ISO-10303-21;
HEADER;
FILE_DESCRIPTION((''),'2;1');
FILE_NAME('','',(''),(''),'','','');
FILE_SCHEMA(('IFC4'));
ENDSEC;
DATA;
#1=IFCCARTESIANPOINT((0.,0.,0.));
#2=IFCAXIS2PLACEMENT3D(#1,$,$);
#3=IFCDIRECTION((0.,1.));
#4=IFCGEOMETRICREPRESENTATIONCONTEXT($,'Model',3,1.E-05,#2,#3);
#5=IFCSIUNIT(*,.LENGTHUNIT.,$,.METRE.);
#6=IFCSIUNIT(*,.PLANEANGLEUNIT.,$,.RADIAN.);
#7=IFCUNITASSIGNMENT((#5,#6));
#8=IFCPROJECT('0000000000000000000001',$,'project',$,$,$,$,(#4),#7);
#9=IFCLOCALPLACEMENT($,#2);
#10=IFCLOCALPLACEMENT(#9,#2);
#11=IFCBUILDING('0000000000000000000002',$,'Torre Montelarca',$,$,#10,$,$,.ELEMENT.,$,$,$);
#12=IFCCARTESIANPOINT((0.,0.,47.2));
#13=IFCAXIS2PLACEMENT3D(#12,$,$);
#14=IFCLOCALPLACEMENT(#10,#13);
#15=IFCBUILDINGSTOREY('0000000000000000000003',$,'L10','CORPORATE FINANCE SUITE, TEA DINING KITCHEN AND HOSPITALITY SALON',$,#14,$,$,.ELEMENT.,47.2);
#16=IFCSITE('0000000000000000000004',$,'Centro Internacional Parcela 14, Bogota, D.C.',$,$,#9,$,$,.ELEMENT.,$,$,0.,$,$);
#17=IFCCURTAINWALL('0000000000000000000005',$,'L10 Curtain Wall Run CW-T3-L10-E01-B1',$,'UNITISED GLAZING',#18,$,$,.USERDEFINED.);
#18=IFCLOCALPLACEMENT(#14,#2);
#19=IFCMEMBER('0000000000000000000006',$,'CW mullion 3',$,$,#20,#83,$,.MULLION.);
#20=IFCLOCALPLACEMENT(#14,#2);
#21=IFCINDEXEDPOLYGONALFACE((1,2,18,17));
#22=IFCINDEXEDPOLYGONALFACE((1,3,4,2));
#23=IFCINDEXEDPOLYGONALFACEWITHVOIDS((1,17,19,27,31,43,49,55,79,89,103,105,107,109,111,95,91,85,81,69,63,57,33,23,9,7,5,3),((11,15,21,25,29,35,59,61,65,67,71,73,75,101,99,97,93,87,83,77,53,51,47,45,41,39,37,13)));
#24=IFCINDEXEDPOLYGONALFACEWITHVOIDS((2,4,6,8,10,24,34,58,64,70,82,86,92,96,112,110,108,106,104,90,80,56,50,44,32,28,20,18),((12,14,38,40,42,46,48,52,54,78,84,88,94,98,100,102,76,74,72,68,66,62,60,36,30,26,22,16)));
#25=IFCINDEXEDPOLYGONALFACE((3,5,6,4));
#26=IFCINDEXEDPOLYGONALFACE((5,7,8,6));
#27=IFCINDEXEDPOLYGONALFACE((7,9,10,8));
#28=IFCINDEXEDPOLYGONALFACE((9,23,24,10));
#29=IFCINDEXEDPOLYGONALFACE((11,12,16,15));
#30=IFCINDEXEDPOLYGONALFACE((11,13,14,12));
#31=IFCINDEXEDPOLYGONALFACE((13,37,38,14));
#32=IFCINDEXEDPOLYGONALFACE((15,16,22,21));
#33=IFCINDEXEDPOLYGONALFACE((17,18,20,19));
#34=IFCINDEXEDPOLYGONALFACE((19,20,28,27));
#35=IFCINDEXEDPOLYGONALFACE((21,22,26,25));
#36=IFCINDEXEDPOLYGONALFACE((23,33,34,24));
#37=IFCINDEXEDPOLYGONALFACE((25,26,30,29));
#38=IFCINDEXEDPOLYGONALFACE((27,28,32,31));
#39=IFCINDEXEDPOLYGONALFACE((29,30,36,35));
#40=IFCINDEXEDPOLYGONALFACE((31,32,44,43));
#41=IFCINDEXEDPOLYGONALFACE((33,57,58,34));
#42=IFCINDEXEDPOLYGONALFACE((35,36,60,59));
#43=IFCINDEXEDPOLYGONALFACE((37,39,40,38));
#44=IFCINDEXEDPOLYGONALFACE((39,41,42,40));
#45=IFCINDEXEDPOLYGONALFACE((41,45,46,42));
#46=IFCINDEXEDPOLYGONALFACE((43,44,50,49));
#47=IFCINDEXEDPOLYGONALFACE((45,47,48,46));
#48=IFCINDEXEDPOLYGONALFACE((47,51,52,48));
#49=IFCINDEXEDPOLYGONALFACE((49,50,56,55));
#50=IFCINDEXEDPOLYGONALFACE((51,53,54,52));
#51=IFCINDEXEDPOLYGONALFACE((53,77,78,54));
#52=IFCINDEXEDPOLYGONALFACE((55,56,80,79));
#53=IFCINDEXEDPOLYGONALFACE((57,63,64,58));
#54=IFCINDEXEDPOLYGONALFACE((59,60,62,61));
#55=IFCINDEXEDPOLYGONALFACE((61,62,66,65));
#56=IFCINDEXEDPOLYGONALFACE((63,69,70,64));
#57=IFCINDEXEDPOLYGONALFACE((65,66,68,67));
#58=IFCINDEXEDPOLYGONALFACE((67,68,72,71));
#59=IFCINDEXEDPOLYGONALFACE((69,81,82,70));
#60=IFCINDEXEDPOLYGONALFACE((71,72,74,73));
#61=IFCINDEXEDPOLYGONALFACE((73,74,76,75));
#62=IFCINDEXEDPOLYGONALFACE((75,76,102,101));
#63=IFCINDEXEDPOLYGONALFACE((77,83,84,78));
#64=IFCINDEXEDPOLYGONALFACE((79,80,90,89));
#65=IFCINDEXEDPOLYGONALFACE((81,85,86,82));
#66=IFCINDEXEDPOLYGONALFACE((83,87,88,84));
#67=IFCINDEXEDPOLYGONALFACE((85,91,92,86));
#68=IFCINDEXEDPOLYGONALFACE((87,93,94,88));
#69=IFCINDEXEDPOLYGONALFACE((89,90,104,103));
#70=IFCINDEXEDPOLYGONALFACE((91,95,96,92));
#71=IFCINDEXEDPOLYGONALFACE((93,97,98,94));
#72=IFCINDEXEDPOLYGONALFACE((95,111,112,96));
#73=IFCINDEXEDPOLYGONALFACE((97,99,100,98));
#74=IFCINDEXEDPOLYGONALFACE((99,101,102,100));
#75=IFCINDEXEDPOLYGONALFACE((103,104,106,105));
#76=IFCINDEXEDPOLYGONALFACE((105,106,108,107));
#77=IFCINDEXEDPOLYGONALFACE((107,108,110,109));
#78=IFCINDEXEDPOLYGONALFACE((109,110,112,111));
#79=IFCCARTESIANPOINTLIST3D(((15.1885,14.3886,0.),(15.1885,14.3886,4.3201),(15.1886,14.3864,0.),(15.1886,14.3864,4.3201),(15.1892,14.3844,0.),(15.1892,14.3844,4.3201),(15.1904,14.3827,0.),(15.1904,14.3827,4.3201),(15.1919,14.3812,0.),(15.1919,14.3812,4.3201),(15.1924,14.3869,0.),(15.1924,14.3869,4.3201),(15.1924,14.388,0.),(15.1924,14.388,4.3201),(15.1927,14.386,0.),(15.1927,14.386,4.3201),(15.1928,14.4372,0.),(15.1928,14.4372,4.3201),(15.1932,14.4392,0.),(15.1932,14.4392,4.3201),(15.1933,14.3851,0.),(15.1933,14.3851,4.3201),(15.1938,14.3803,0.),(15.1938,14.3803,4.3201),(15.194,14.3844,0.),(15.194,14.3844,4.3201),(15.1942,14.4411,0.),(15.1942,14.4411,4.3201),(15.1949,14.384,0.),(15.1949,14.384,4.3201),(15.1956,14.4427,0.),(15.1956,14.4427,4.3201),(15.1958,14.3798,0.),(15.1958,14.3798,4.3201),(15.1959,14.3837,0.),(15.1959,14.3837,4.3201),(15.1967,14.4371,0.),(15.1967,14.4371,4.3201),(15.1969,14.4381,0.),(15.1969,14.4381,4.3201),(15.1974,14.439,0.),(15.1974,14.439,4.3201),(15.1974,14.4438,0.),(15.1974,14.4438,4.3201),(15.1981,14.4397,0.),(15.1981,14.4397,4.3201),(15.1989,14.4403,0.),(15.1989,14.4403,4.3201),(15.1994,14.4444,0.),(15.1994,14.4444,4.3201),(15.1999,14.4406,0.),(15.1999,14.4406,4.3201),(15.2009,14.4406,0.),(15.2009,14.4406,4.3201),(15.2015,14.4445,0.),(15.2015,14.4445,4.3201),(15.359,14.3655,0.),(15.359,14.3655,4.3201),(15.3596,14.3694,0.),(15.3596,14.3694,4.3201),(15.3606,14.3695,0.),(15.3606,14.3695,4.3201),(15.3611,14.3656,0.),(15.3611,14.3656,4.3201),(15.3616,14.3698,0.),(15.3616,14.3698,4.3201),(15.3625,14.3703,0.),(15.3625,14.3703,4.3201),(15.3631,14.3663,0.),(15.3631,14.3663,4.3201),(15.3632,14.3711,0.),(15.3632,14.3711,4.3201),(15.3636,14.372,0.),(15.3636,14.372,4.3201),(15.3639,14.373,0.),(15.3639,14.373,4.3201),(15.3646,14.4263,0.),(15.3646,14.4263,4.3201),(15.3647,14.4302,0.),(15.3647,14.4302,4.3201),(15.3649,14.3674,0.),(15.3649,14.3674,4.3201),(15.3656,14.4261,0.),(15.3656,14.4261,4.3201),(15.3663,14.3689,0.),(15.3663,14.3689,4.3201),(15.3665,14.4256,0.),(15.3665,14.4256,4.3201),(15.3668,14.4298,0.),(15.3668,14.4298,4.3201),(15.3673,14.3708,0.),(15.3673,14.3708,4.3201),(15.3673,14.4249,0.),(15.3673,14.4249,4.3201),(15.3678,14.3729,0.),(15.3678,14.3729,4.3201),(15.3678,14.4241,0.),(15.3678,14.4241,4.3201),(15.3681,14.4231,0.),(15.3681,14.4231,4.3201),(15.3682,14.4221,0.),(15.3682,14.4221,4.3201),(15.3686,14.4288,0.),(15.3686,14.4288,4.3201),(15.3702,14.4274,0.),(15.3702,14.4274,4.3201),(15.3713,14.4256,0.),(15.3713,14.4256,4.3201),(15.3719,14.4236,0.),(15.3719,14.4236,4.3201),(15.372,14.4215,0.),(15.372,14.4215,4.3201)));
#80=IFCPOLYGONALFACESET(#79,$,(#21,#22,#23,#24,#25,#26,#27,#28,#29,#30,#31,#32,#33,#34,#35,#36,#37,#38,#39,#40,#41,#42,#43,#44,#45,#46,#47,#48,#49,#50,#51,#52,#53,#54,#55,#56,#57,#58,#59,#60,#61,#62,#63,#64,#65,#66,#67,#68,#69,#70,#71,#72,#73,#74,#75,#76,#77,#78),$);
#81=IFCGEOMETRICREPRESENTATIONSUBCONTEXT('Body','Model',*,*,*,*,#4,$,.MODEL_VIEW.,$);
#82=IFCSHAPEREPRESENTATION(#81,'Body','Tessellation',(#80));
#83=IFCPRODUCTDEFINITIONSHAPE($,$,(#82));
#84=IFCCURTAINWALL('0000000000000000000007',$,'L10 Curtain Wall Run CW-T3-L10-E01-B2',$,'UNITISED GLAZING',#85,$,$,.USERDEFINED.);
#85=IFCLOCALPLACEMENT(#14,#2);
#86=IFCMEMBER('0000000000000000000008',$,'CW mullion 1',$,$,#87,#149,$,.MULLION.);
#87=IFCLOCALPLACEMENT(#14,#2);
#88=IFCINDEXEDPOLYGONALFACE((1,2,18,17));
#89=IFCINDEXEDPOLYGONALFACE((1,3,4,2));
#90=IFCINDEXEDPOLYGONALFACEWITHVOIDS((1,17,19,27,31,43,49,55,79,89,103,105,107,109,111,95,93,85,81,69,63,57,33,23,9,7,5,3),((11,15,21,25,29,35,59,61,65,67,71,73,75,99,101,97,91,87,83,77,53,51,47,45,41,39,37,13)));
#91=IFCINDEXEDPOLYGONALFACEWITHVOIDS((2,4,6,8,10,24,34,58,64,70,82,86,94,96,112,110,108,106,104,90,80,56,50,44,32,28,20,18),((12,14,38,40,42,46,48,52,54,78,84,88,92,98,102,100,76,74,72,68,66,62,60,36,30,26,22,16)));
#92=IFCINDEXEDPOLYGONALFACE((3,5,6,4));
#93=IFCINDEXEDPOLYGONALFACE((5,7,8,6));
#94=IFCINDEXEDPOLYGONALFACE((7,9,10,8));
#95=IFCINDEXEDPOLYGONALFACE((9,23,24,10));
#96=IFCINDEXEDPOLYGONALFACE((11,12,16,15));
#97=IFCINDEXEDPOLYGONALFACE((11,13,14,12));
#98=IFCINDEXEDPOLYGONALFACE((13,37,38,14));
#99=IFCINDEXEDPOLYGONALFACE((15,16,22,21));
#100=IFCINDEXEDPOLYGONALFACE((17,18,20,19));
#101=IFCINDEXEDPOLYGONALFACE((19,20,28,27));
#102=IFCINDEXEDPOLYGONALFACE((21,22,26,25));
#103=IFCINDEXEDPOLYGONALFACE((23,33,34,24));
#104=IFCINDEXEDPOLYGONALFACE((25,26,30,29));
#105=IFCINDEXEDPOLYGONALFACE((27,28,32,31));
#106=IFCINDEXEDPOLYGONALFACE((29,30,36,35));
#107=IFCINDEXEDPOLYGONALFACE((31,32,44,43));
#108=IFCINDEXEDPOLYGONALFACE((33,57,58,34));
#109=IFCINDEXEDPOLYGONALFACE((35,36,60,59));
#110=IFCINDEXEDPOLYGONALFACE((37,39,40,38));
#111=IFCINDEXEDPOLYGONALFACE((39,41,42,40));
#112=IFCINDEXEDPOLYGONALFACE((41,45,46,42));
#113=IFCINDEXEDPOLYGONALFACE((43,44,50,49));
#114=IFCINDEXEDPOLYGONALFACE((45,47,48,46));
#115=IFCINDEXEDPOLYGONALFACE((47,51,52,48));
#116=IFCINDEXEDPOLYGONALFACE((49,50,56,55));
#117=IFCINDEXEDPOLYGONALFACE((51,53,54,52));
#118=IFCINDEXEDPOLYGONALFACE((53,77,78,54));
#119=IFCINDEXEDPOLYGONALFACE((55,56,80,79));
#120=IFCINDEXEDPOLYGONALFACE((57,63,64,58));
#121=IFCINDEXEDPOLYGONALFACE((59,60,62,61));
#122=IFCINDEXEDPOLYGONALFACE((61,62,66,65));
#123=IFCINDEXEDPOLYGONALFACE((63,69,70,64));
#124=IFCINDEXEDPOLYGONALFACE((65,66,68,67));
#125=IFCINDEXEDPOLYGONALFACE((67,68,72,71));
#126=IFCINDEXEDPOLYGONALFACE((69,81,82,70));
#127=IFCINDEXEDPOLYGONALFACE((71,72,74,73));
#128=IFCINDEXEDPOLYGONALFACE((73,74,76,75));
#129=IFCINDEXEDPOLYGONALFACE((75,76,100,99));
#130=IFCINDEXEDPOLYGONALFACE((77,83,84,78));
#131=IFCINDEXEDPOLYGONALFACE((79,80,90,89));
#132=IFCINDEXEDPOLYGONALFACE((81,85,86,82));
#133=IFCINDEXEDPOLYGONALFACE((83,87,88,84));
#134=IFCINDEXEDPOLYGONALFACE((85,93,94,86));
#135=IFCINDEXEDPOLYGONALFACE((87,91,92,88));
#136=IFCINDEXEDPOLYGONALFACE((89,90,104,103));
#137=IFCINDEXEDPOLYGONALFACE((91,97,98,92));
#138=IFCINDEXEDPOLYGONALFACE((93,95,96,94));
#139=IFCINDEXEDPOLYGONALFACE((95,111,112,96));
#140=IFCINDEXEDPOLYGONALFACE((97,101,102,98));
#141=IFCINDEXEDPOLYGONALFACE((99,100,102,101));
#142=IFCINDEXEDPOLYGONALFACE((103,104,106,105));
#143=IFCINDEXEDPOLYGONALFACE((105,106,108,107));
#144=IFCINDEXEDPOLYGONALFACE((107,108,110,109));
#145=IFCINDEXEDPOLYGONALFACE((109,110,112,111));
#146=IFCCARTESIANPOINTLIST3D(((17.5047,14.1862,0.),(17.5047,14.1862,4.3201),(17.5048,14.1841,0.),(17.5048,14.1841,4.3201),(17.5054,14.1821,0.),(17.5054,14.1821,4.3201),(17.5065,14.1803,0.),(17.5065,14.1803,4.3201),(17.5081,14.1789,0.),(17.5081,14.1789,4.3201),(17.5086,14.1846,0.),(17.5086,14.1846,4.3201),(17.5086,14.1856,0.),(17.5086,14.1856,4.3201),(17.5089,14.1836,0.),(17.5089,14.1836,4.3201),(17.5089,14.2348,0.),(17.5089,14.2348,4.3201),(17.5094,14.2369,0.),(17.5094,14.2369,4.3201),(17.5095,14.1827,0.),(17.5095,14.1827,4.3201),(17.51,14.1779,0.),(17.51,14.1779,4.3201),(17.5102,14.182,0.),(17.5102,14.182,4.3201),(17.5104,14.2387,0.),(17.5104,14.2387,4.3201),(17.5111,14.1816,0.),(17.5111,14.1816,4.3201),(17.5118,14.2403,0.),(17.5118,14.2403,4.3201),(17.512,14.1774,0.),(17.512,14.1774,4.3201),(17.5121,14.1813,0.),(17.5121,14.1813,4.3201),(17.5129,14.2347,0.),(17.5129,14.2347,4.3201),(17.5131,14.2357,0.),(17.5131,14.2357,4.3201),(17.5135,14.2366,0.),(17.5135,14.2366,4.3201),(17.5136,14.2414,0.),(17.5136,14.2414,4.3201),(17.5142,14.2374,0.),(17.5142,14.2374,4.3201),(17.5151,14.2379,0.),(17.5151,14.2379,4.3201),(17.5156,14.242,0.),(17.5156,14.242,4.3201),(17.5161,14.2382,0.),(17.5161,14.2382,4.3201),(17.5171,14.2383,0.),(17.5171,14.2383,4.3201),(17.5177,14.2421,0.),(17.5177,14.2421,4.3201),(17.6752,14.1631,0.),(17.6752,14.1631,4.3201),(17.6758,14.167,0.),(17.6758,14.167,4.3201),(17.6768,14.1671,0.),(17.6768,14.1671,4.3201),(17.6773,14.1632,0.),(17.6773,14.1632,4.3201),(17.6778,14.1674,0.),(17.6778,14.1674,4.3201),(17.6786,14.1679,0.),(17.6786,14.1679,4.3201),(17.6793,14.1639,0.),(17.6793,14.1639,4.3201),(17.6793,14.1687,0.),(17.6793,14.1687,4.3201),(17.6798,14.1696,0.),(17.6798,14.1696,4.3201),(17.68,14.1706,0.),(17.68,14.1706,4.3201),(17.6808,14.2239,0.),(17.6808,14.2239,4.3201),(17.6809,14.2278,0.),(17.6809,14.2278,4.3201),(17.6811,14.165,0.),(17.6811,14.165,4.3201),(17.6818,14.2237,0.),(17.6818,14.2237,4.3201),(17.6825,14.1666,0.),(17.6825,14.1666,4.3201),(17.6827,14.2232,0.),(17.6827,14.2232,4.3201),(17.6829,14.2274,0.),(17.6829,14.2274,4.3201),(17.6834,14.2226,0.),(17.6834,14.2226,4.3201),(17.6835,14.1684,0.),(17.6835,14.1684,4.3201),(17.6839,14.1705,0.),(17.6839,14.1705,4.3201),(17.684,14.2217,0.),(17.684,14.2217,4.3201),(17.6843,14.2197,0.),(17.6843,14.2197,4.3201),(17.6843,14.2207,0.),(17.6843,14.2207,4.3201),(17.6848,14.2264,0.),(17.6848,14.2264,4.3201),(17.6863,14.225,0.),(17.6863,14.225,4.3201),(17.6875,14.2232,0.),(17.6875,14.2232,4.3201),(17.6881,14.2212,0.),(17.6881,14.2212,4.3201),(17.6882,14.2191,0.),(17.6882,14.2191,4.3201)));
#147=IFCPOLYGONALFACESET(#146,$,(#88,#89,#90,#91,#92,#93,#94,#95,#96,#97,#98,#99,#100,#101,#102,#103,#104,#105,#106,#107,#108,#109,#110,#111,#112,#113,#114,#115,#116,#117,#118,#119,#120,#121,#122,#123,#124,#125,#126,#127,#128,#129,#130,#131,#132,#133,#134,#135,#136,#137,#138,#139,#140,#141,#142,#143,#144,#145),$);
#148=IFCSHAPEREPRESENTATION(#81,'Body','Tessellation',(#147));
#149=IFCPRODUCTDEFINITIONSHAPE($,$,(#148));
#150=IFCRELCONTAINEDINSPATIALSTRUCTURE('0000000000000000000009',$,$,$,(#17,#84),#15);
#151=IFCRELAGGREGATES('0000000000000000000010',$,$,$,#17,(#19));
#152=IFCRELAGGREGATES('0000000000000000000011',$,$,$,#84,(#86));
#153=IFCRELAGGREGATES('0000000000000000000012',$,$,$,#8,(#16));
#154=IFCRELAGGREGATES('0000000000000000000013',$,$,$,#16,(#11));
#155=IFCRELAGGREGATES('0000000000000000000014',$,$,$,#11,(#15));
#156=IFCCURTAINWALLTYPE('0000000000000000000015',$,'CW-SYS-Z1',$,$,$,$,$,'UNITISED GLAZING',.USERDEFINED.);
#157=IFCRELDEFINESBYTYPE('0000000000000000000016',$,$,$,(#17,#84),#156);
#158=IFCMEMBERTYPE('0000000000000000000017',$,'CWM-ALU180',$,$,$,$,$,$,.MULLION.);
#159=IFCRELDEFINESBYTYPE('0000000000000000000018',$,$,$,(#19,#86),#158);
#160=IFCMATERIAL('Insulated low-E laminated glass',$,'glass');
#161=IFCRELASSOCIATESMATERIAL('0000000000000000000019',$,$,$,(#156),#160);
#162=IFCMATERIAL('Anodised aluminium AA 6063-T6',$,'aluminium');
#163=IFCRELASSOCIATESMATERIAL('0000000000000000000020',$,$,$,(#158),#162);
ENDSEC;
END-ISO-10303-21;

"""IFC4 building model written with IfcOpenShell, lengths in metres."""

from ifc_helpers import new_model, si_unit, direction, frame, origin, origin_2d, place, context, subcontext, project, spatial, hollow_rectangle, extrude, source, transform, mapped, material, material_profile, profile_set, type_object, element, aggregate, save


model = new_model("IFC4")

# Units and contexts
model_context = context("Model", 3, precision=1e-05, world=origin(), true_north=direction((0.0, 1.0)))
body_context = subcontext(model_context, "Body", "Model", "MODEL_VIEW")
ifc_project = project(units=[si_unit("LENGTHUNIT", "METRE"), si_unit("PLANEANGLEUNIT", "RADIAN")], contexts=[model_context])

# Site, building, storey
site_placement = place(None, origin())
site = spatial("IfcSite", under=ifc_project, at=site_placement, Name="Centro Internacional Parcela 14, Bogota, D.C.", CompositionType="ELEMENT", RefElevation=0.0)
building_placement = place(site_placement, origin())
building = spatial("IfcBuilding", under=site, at=building_placement, Name="Torre Montelarca", CompositionType="ELEMENT")
storey_placement = place(building_placement, frame((0.0, 0.0, 47.2)))
storey = spatial("IfcBuildingStorey", under=building, at=storey_placement, Name="L10", Description="CORPORATE FINANCE SUITE, TEA DINING KITCHEN AND HOSPITALITY SALON", CompositionType="ELEMENT", Elevation=47.2)

# Curtain walls, members
ifc_material_1 = material(Name="Insulated low-E laminated glass", Category="glass")
curtain_wall_type = type_object("IfcCurtainWallType", Name="CW-SYS-Z1", ElementType="UNITISED GLAZING", PredefinedType="USERDEFINED", material=ifc_material_1)
curtain_wall_1_placement = place(storey_placement, origin())
curtain_wall_1 = element("IfcCurtainWall", 1, at=curtain_wall_1_placement, inside=storey, type_object=curtain_wall_type, Name="L10 Curtain Wall Run CW-T3-L10-E01-B1", ObjectType="UNITISED GLAZING", PredefinedType="USERDEFINED")
ifc_material_2 = material(Name="Anodised aluminium AA 6063-T6", Category="aluminium")
ifc_material_profile_1 = material_profile(ifc_material_2, hollow_rectangle(XDim=0.0649, YDim=0.1799, WallThickness=0.0039, InnerFilletRadius=0.0039, OuterFilletRadius=0.0081, at=origin_2d()), Name="ALU65X180X4", Category="aluminium")
ifc_profile_set_1 = profile_set([ifc_material_profile_1], Name="Anodised aluminium AA 6063-T6")
member_type_1 = type_object("IfcMemberType", Name="CWM-ALU180", PredefinedType="MULLION", material=ifc_profile_set_1)
shared_shape_1 = source(origin(), body_context, "Body", "SweptSolid", [
    extrude(hollow_rectangle(XDim=0.0649, YDim=0.1799, WallThickness=0.0039, InnerFilletRadius=0.0039, OuterFilletRadius=0.0081, at=origin_2d()), origin(), (0.0, 0.0, 1.0), 4.3201),
])
member_1_placement = place(storey_placement, frame((15.2803, 14.405, 0.0), z_axis=(0.0, 0.0, 1.0), x_axis=(0.087167, 0.996194, 0.0)))
member_1 = element("IfcMember", 2, at=member_1_placement, type_object=member_type_1, Name="CW mullion 3", PredefinedType="MULLION", context=body_context, shape_type="MappedRepresentation", body=[
    mapped(shared_shape_1, transform((0.0, 0.0, 0.0), scale=1.0)),
])
curtain_wall_2_placement = place(storey_placement, origin())
curtain_wall_2 = element("IfcCurtainWall", 3, at=curtain_wall_2_placement, inside=storey, type_object=curtain_wall_type, Name="L10 Curtain Wall Run CW-T3-L10-E01-B2", ObjectType="UNITISED GLAZING", PredefinedType="USERDEFINED")
member_2_placement = place(storey_placement, frame((17.5964, 14.2026, 0.0), z_axis=(0.0, 0.0, 1.0), x_axis=(0.087171, 0.996193, 0.0)))
member_2 = element("IfcMember", 4, at=member_2_placement, type_object=member_type_1, Name="CW mullion 1", PredefinedType="MULLION", context=body_context, shape_type="MappedRepresentation", body=[
    mapped(shared_shape_1, transform((0.0, 0.0, 0.0), scale=1.0)),
])

aggregate(curtain_wall_1, [member_1])
aggregate(curtain_wall_2, [member_2])

save(model, "model.ifc")
